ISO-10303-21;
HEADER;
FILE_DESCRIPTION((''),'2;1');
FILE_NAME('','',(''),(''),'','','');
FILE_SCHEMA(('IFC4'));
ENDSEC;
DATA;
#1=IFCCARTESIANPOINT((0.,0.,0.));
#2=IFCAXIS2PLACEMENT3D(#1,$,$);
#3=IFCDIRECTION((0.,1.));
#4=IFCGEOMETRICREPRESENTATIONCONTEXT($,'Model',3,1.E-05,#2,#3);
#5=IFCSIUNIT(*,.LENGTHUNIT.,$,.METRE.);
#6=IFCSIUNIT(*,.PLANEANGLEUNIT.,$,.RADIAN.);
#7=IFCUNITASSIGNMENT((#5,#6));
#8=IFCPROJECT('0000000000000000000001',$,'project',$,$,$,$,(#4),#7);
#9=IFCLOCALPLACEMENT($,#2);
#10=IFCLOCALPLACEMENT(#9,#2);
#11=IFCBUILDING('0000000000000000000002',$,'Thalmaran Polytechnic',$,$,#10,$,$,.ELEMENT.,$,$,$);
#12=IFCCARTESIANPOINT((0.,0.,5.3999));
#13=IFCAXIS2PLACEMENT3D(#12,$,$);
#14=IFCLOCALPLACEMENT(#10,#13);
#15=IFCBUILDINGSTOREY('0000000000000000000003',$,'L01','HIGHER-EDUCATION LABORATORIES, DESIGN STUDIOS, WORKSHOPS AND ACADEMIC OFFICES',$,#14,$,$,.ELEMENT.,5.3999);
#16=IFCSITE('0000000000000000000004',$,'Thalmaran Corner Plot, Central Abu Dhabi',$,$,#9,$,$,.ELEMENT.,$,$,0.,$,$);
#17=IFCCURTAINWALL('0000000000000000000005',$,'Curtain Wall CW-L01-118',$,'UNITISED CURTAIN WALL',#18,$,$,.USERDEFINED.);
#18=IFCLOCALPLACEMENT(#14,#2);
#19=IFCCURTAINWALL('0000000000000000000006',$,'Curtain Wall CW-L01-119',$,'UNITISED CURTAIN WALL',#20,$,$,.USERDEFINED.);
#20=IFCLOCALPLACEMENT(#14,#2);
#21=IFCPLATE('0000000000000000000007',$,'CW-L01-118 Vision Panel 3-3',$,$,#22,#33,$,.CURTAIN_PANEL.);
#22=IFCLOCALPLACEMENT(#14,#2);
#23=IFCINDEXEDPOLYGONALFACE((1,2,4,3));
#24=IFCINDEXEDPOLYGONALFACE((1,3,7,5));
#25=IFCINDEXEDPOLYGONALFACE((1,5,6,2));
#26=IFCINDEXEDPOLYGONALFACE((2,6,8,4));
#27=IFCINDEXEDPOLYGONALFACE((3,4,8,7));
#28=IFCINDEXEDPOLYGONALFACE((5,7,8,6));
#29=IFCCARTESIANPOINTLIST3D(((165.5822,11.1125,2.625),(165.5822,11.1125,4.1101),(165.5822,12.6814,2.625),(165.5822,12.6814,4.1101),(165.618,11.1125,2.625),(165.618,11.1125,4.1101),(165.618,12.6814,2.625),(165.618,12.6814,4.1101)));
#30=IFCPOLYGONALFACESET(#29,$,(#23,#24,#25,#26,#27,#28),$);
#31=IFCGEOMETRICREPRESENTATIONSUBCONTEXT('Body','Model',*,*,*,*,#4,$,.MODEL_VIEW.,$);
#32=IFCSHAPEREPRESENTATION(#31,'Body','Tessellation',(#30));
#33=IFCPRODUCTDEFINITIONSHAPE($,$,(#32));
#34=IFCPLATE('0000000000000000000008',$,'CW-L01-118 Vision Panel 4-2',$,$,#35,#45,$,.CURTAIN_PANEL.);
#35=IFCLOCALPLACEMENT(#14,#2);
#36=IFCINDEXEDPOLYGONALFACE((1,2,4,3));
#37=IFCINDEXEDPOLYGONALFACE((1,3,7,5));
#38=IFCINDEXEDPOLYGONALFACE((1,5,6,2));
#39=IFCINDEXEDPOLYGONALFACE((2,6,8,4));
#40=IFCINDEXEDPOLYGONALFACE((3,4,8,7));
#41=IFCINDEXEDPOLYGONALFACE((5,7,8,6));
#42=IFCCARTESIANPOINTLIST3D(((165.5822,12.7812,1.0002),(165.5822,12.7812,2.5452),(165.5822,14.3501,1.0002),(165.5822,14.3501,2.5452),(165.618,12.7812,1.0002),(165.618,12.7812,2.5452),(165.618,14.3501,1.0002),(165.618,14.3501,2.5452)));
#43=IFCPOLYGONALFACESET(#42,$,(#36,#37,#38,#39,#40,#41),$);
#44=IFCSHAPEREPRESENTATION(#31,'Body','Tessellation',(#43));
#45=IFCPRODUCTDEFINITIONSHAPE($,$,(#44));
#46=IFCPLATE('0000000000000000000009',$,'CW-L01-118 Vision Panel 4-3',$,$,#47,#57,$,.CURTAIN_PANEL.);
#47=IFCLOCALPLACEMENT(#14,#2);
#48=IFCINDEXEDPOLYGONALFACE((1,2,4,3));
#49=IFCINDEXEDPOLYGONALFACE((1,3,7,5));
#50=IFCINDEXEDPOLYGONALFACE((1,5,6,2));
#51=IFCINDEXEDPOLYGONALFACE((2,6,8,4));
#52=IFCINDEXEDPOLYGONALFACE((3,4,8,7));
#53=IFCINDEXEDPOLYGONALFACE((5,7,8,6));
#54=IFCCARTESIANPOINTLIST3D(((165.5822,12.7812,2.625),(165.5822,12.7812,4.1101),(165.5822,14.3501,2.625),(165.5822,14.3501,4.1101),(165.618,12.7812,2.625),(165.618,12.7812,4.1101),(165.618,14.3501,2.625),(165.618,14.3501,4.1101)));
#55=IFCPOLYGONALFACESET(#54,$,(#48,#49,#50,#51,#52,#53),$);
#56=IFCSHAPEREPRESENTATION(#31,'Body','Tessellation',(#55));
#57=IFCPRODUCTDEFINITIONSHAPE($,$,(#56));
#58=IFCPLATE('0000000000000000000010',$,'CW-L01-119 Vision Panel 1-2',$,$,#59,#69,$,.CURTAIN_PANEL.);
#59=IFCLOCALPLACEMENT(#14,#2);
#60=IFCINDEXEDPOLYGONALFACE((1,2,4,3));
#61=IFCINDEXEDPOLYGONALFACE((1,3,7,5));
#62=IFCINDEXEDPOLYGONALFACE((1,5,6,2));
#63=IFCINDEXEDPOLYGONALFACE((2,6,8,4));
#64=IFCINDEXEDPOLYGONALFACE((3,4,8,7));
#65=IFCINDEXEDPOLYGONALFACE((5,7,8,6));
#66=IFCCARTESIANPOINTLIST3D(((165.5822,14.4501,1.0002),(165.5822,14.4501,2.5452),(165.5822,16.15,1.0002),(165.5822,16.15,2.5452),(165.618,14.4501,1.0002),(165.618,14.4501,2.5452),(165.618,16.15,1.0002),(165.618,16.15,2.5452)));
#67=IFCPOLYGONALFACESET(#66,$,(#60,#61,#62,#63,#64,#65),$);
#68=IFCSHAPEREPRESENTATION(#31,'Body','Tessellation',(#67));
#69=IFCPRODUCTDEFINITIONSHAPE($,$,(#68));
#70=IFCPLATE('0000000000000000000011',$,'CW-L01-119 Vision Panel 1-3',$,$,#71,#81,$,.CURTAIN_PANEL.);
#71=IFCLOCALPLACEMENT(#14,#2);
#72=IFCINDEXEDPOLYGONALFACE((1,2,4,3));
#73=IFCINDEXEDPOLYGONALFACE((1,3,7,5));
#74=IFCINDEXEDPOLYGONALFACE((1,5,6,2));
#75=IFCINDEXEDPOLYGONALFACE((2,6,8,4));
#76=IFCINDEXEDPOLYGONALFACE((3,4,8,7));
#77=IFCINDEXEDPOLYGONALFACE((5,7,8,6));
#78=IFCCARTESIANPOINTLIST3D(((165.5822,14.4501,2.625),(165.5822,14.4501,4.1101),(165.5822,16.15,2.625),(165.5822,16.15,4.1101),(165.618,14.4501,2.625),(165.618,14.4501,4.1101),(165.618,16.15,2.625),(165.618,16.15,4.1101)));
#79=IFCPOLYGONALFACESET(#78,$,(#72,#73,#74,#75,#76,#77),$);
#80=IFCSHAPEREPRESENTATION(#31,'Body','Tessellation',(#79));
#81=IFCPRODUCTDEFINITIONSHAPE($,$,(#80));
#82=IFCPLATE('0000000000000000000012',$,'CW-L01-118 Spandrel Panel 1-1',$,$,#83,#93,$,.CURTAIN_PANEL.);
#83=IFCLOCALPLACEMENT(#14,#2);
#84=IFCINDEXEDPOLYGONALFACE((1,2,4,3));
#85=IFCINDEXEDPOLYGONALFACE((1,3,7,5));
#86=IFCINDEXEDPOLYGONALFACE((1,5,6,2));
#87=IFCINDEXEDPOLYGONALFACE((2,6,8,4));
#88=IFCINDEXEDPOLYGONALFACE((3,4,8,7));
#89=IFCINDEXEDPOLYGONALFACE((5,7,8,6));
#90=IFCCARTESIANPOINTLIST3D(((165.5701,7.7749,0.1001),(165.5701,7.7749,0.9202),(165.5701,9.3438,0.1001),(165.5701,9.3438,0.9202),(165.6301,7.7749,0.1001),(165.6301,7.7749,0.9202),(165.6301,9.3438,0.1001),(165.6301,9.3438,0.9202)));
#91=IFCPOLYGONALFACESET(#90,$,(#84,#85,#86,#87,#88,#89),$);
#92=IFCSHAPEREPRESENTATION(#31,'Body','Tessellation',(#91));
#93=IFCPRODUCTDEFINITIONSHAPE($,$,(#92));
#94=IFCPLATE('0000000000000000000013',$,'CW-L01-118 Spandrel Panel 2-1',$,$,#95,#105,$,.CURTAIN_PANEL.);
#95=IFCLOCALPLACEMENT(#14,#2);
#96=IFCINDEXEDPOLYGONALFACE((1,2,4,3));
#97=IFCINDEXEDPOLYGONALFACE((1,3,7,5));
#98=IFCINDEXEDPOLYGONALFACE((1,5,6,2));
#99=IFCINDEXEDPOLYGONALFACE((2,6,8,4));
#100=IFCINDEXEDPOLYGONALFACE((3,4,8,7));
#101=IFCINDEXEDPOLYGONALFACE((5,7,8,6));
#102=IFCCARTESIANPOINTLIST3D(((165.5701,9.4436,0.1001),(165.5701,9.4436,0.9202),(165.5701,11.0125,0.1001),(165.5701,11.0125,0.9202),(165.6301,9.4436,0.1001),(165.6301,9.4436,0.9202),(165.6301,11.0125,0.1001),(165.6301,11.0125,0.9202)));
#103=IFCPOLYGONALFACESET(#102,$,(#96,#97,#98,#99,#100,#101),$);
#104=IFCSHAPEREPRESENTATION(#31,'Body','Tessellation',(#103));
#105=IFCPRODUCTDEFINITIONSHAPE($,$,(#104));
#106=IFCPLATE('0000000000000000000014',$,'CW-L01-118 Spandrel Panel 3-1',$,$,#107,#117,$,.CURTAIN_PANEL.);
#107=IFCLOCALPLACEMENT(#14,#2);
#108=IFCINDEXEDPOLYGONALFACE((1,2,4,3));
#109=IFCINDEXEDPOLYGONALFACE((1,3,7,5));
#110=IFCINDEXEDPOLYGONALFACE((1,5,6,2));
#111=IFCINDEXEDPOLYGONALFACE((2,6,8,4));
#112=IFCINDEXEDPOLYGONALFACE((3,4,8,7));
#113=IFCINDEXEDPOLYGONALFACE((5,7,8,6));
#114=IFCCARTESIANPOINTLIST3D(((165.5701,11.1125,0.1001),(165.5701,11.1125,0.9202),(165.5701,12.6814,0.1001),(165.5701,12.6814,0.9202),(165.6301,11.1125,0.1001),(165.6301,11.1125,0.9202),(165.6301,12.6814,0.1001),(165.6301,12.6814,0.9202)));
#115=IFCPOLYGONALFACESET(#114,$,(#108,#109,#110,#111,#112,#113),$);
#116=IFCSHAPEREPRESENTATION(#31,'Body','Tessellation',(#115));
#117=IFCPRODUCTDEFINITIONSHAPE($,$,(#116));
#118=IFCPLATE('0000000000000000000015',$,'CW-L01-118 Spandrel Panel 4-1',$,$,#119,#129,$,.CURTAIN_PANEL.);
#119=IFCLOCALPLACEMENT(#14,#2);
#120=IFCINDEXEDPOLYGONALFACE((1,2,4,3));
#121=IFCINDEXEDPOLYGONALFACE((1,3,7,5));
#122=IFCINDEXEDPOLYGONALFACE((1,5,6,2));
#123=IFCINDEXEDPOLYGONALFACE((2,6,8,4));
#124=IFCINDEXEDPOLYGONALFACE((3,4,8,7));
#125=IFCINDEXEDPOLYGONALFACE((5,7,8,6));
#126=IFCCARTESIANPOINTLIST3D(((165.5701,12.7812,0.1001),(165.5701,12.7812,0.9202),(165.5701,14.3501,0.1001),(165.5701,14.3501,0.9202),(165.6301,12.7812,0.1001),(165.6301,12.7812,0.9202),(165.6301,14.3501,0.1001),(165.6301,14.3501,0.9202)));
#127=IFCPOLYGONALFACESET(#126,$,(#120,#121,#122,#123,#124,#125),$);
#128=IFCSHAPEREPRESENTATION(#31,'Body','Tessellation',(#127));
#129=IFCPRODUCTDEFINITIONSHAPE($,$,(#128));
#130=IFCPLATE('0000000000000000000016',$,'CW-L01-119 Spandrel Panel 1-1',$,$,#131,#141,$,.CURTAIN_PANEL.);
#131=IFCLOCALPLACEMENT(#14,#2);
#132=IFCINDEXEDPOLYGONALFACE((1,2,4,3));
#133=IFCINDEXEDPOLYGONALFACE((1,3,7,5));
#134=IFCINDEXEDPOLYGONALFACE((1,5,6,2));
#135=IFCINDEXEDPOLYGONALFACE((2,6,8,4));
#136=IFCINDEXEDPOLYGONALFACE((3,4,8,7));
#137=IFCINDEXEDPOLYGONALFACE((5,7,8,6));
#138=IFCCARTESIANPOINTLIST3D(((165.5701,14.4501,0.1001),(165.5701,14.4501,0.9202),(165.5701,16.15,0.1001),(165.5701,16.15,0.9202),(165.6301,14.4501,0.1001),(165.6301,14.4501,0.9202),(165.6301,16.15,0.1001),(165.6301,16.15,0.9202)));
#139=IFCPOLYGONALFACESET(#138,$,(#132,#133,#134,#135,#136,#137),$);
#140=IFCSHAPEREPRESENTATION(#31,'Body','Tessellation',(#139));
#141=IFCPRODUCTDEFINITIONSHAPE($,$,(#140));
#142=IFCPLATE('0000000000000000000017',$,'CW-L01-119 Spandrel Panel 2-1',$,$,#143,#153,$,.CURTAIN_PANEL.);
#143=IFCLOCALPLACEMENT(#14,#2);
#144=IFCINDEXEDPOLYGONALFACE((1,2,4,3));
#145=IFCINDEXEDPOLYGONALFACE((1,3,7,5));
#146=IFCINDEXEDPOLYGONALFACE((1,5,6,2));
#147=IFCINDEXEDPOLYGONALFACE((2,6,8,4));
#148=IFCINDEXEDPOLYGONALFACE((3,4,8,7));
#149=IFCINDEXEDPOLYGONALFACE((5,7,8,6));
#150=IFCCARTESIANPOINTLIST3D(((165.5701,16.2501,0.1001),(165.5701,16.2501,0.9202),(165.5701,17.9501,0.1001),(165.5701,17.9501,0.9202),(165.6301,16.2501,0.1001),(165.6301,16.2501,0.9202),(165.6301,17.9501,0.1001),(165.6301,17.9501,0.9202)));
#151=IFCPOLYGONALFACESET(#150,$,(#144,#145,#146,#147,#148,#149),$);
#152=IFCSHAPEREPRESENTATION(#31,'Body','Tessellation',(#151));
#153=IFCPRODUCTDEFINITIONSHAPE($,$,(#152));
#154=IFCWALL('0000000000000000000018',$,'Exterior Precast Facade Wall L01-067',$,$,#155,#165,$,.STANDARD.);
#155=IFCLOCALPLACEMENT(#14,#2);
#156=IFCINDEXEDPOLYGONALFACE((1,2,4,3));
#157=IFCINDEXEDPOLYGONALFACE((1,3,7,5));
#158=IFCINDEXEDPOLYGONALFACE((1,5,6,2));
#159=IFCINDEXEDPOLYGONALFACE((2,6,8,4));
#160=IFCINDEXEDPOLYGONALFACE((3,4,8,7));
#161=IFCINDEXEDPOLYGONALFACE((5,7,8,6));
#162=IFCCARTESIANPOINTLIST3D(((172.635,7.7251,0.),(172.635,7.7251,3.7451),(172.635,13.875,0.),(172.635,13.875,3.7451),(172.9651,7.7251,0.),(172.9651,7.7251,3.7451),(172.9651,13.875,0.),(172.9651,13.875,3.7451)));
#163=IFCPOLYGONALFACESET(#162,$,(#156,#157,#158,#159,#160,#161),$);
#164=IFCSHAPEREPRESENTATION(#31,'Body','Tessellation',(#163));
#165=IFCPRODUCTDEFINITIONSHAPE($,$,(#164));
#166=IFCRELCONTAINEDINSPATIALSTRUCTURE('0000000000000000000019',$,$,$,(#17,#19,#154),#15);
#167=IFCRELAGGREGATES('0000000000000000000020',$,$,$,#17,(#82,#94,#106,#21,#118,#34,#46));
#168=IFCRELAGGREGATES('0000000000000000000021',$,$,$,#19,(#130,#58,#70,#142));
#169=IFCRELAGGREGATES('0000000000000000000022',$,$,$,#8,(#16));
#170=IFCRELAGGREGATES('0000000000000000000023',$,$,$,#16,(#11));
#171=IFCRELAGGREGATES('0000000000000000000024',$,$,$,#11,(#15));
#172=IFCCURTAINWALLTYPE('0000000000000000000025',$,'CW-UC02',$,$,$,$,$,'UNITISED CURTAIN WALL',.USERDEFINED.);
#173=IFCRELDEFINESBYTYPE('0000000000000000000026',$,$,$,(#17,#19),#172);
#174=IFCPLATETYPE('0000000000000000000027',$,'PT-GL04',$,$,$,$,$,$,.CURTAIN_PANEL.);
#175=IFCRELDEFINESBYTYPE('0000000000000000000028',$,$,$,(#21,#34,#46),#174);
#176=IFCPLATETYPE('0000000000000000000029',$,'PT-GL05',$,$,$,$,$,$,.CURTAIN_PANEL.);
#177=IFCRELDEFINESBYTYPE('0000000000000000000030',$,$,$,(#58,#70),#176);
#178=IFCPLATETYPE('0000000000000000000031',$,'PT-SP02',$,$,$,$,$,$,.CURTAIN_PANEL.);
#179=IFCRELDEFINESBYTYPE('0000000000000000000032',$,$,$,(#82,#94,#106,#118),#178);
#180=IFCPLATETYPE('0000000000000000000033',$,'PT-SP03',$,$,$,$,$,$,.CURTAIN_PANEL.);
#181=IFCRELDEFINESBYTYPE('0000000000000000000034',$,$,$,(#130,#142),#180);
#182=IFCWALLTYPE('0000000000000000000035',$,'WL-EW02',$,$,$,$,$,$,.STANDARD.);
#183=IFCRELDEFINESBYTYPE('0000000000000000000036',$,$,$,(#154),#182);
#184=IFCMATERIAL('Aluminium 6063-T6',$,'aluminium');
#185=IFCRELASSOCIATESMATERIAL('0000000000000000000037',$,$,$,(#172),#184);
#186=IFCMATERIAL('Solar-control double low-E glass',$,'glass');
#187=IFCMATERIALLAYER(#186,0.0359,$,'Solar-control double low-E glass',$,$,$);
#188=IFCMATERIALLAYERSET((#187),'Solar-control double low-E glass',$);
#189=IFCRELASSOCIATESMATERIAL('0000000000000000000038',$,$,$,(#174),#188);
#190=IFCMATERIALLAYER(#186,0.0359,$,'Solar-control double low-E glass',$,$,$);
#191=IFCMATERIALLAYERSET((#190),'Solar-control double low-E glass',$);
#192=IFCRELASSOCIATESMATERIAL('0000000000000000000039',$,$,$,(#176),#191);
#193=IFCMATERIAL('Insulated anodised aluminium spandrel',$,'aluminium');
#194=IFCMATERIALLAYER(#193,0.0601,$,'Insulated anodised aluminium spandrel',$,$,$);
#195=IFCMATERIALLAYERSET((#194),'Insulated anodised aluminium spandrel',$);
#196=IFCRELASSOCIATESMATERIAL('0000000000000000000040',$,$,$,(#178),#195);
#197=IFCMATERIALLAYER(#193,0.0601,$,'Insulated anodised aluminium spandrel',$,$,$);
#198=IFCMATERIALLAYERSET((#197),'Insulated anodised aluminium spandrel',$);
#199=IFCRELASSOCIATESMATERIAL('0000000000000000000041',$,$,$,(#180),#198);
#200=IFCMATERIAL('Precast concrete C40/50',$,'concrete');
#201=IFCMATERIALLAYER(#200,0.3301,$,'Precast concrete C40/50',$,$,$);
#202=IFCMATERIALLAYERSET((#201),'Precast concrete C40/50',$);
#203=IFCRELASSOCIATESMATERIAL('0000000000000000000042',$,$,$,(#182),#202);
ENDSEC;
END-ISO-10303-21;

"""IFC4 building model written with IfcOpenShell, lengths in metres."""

from ifc_helpers import new_model, si_unit, direction, frame, frame_2d, origin, origin_2d, place, context, subcontext, project, spatial, rectangle, extrude, material, layer, layer_set, type_object, element, aggregate, save


model = new_model("IFC4")

# Units and contexts
model_context = context("Model", 3, precision=1e-05, world=origin(), true_north=direction((0.0, 1.0)))
body_context = subcontext(model_context, "Body", "Model", "MODEL_VIEW")
ifc_project = project(units=[si_unit("LENGTHUNIT", "METRE"), si_unit("PLANEANGLEUNIT", "RADIAN")], contexts=[model_context])

# Site, building, storey
site_placement = place(None, origin())
site = spatial("IfcSite", under=ifc_project, at=site_placement, Name="Thalmaran Corner Plot, Central Abu Dhabi", CompositionType="ELEMENT", RefElevation=0.0)
building_placement = place(site_placement, origin())
building = spatial("IfcBuilding", under=site, at=building_placement, Name="Thalmaran Polytechnic", CompositionType="ELEMENT")
storey_placement = place(building_placement, frame((0.0, 0.0, 5.3999)))
storey = spatial("IfcBuildingStorey", under=building, at=storey_placement, Name="L01", Description="HIGHER-EDUCATION LABORATORIES, DESIGN STUDIOS, WORKSHOPS AND ACADEMIC OFFICES", CompositionType="ELEMENT", Elevation=5.3999)

# Curtain walls
ifc_material_1 = material(Name="Aluminium 6063-T6", Category="aluminium")
curtain_wall_type = type_object("IfcCurtainWallType", Name="CW-UC02", ElementType="UNITISED CURTAIN WALL", PredefinedType="USERDEFINED", material=ifc_material_1)
curtain_wall_1_placement = place(storey_placement, origin())
curtain_wall_1 = element("IfcCurtainWall", 1, at=curtain_wall_1_placement, inside=storey, type_object=curtain_wall_type, Name="Curtain Wall CW-L01-118", ObjectType="UNITISED CURTAIN WALL", PredefinedType="USERDEFINED")
curtain_wall_2_placement = place(storey_placement, origin())
curtain_wall_2 = element("IfcCurtainWall", 2, at=curtain_wall_2_placement, inside=storey, type_object=curtain_wall_type, Name="Curtain Wall CW-L01-119", ObjectType="UNITISED CURTAIN WALL", PredefinedType="USERDEFINED")

# Plates
ifc_material_2 = material(Name="Solar-control double low-E glass", Category="glass")
ifc_layer_1 = layer(ifc_material_2, 0.0359, Name="Solar-control double low-E glass")
ifc_layer_set_1 = layer_set([ifc_layer_1], Name="Solar-control double low-E glass")
plate_type_1 = type_object("IfcPlateType", Name="PT-GL04", PredefinedType="CURTAIN_PANEL", material=ifc_layer_set_1)
plate_1_placement = place(storey_placement, frame((165.6001, 11.897, 2.625), z_axis=(0.0, 0.0, 1.0), x_axis=(0.0, 1.0, 0.0)))
plate_1 = element("IfcPlate", 3, at=plate_1_placement, type_object=plate_type_1, Name="CW-L01-118 Vision Panel 3-3", PredefinedType="CURTAIN_PANEL", context=body_context, shape_type="SweptSolid", body=[
    extrude(rectangle(XDim=1.5688, YDim=0.0359, at=origin_2d()), origin(), (0.0, 0.0, 1.0), 1.4851),
])
plate_2_placement = place(storey_placement, frame((165.6001, 13.5657, 1.0002), z_axis=(0.0, 0.0, 1.0), x_axis=(0.0, 1.0, 0.0)))
plate_2 = element("IfcPlate", 4, at=plate_2_placement, type_object=plate_type_1, Name="CW-L01-118 Vision Panel 4-2", PredefinedType="CURTAIN_PANEL", context=body_context, shape_type="SweptSolid", body=[
    extrude(rectangle(XDim=1.5688, YDim=0.0359, at=origin_2d()), origin(), (0.0, 0.0, 1.0), 1.5449),
])
plate_3_placement = place(storey_placement, frame((165.6001, 13.5657, 2.625), z_axis=(0.0, 0.0, 1.0), x_axis=(0.0, 1.0, 0.0)))
plate_3 = element("IfcPlate", 5, at=plate_3_placement, type_object=plate_type_1, Name="CW-L01-118 Vision Panel 4-3", PredefinedType="CURTAIN_PANEL", context=body_context, shape_type="SweptSolid", body=[
    extrude(rectangle(XDim=1.5688, YDim=0.0359, at=origin_2d()), origin(), (0.0, 0.0, 1.0), 1.4851),
])
ifc_layer_2 = layer(ifc_material_2, 0.0359, Name="Solar-control double low-E glass")
ifc_layer_set_2 = layer_set([ifc_layer_2], Name="Solar-control double low-E glass")
plate_type_2 = type_object("IfcPlateType", Name="PT-GL05", PredefinedType="CURTAIN_PANEL", material=ifc_layer_set_2)
plate_4_placement = place(storey_placement, frame((165.6001, 15.3, 1.0002), z_axis=(0.0, 0.0, 1.0), x_axis=(0.0, 1.0, 0.0)))
plate_4 = element("IfcPlate", 6, at=plate_4_placement, type_object=plate_type_2, Name="CW-L01-119 Vision Panel 1-2", PredefinedType="CURTAIN_PANEL", context=body_context, shape_type="SweptSolid", body=[
    extrude(rectangle(XDim=1.7, YDim=0.0359, at=origin_2d()), origin(), (0.0, 0.0, 1.0), 1.5449),
])
plate_5_placement = place(storey_placement, frame((165.6001, 15.3, 2.625), z_axis=(0.0, 0.0, 1.0), x_axis=(0.0, 1.0, 0.0)))
plate_5 = element("IfcPlate", 7, at=plate_5_placement, type_object=plate_type_2, Name="CW-L01-119 Vision Panel 1-3", PredefinedType="CURTAIN_PANEL", context=body_context, shape_type="SweptSolid", body=[
    extrude(rectangle(XDim=1.7, YDim=0.0359, at=origin_2d()), origin(), (0.0, 0.0, 1.0), 1.4851),
])
ifc_material_3 = material(Name="Insulated anodised aluminium spandrel", Category="aluminium")
ifc_layer_3 = layer(ifc_material_3, 0.0601, Name="Insulated anodised aluminium spandrel")
ifc_layer_set_3 = layer_set([ifc_layer_3], Name="Insulated anodised aluminium spandrel")
plate_type_3 = type_object("IfcPlateType", Name="PT-SP02", PredefinedType="CURTAIN_PANEL", material=ifc_layer_set_3)
plate_6_placement = place(storey_placement, frame((165.6001, 8.5593, 0.1001), z_axis=(0.0, 0.0, 1.0), x_axis=(0.0, 1.0, 0.0)))
plate_6 = element("IfcPlate", 8, at=plate_6_placement, type_object=plate_type_3, Name="CW-L01-118 Spandrel Panel 1-1", PredefinedType="CURTAIN_PANEL", context=body_context, shape_type="SweptSolid", body=[
    extrude(rectangle(XDim=1.5688, YDim=0.0601, at=origin_2d()), origin(), (0.0, 0.0, 1.0), 0.8201),
])
plate_7_placement = place(storey_placement, frame((165.6001, 10.228, 0.1001), z_axis=(0.0, 0.0, 1.0), x_axis=(0.0, 1.0, 0.0)))
plate_7 = element("IfcPlate", 9, at=plate_7_placement, type_object=plate_type_3, Name="CW-L01-118 Spandrel Panel 2-1", PredefinedType="CURTAIN_PANEL", context=body_context, shape_type="SweptSolid", body=[
    extrude(rectangle(XDim=1.5688, YDim=0.0601, at=origin_2d()), origin(), (0.0, 0.0, 1.0), 0.8201),
])
plate_8_placement = place(storey_placement, frame((165.6001, 11.897, 0.1001), z_axis=(0.0, 0.0, 1.0), x_axis=(0.0, 1.0, 0.0)))
plate_8 = element("IfcPlate", 10, at=plate_8_placement, type_object=plate_type_3, Name="CW-L01-118 Spandrel Panel 3-1", PredefinedType="CURTAIN_PANEL", context=body_context, shape_type="SweptSolid", body=[
    extrude(rectangle(XDim=1.5688, YDim=0.0601, at=origin_2d()), origin(), (0.0, 0.0, 1.0), 0.8201),
])
plate_9_placement = place(storey_placement, frame((165.6001, 13.5657, 0.1001), z_axis=(0.0, 0.0, 1.0), x_axis=(0.0, 1.0, 0.0)))
plate_9 = element("IfcPlate", 11, at=plate_9_placement, type_object=plate_type_3, Name="CW-L01-118 Spandrel Panel 4-1", PredefinedType="CURTAIN_PANEL", context=body_context, shape_type="SweptSolid", body=[
    extrude(rectangle(XDim=1.5688, YDim=0.0601, at=origin_2d()), origin(), (0.0, 0.0, 1.0), 0.8201),
])
aggregate(curtain_wall_1, [plate_6, plate_7, plate_8, plate_1, plate_9, plate_2, plate_3])
ifc_layer_4 = layer(ifc_material_3, 0.0601, Name="Insulated anodised aluminium spandrel")
ifc_layer_set_4 = layer_set([ifc_layer_4], Name="Insulated anodised aluminium spandrel")
plate_type_4 = type_object("IfcPlateType", Name="PT-SP03", PredefinedType="CURTAIN_PANEL", material=ifc_layer_set_4)
plate_10_placement = place(storey_placement, frame((165.6001, 15.3, 0.1001), z_axis=(0.0, 0.0, 1.0), x_axis=(0.0, 1.0, 0.0)))
plate_10 = element("IfcPlate", 12, at=plate_10_placement, type_object=plate_type_4, Name="CW-L01-119 Spandrel Panel 1-1", PredefinedType="CURTAIN_PANEL", context=body_context, shape_type="SweptSolid", body=[
    extrude(rectangle(XDim=1.7, YDim=0.0601, at=origin_2d()), origin(), (0.0, 0.0, 1.0), 0.8201),
])
plate_11_placement = place(storey_placement, frame((165.6001, 17.1001, 0.1001), z_axis=(0.0, 0.0, 1.0), x_axis=(0.0, 1.0, 0.0)))
plate_11 = element("IfcPlate", 13, at=plate_11_placement, type_object=plate_type_4, Name="CW-L01-119 Spandrel Panel 2-1", PredefinedType="CURTAIN_PANEL", context=body_context, shape_type="SweptSolid", body=[
    extrude(rectangle(XDim=1.7, YDim=0.0601, at=origin_2d()), origin(), (0.0, 0.0, 1.0), 0.8201),
])
aggregate(curtain_wall_2, [plate_10, plate_4, plate_5, plate_11])

# Wall
ifc_material_4 = material(Name="Precast concrete C40/50", Category="concrete")
ifc_layer_5 = layer(ifc_material_4, 0.3301, Name="Precast concrete C40/50")
ifc_layer_set_5 = layer_set([ifc_layer_5], Name="Precast concrete C40/50")
wall_type_1 = type_object("IfcWallType", Name="WL-EW02", PredefinedType="STANDARD", material=ifc_layer_set_5)
wall_1_placement = place(storey_placement, frame((172.8, 13.875, 0.0), z_axis=(0.0, 0.0, 1.0), x_axis=(0.0, -1.0, 0.0)))
element("IfcWall", 14, at=wall_1_placement, inside=storey, type_object=wall_type_1, Name="Exterior Precast Facade Wall L01-067", PredefinedType="STANDARD", context=body_context, shape_type="SweptSolid", body=[
    extrude(rectangle(XDim=6.1499, YDim=0.3301, at=frame_2d((3.075, 0.0))), origin(), (0.0, 0.0, 1.0), 3.7451),
])

save(model, "model.ifc")
